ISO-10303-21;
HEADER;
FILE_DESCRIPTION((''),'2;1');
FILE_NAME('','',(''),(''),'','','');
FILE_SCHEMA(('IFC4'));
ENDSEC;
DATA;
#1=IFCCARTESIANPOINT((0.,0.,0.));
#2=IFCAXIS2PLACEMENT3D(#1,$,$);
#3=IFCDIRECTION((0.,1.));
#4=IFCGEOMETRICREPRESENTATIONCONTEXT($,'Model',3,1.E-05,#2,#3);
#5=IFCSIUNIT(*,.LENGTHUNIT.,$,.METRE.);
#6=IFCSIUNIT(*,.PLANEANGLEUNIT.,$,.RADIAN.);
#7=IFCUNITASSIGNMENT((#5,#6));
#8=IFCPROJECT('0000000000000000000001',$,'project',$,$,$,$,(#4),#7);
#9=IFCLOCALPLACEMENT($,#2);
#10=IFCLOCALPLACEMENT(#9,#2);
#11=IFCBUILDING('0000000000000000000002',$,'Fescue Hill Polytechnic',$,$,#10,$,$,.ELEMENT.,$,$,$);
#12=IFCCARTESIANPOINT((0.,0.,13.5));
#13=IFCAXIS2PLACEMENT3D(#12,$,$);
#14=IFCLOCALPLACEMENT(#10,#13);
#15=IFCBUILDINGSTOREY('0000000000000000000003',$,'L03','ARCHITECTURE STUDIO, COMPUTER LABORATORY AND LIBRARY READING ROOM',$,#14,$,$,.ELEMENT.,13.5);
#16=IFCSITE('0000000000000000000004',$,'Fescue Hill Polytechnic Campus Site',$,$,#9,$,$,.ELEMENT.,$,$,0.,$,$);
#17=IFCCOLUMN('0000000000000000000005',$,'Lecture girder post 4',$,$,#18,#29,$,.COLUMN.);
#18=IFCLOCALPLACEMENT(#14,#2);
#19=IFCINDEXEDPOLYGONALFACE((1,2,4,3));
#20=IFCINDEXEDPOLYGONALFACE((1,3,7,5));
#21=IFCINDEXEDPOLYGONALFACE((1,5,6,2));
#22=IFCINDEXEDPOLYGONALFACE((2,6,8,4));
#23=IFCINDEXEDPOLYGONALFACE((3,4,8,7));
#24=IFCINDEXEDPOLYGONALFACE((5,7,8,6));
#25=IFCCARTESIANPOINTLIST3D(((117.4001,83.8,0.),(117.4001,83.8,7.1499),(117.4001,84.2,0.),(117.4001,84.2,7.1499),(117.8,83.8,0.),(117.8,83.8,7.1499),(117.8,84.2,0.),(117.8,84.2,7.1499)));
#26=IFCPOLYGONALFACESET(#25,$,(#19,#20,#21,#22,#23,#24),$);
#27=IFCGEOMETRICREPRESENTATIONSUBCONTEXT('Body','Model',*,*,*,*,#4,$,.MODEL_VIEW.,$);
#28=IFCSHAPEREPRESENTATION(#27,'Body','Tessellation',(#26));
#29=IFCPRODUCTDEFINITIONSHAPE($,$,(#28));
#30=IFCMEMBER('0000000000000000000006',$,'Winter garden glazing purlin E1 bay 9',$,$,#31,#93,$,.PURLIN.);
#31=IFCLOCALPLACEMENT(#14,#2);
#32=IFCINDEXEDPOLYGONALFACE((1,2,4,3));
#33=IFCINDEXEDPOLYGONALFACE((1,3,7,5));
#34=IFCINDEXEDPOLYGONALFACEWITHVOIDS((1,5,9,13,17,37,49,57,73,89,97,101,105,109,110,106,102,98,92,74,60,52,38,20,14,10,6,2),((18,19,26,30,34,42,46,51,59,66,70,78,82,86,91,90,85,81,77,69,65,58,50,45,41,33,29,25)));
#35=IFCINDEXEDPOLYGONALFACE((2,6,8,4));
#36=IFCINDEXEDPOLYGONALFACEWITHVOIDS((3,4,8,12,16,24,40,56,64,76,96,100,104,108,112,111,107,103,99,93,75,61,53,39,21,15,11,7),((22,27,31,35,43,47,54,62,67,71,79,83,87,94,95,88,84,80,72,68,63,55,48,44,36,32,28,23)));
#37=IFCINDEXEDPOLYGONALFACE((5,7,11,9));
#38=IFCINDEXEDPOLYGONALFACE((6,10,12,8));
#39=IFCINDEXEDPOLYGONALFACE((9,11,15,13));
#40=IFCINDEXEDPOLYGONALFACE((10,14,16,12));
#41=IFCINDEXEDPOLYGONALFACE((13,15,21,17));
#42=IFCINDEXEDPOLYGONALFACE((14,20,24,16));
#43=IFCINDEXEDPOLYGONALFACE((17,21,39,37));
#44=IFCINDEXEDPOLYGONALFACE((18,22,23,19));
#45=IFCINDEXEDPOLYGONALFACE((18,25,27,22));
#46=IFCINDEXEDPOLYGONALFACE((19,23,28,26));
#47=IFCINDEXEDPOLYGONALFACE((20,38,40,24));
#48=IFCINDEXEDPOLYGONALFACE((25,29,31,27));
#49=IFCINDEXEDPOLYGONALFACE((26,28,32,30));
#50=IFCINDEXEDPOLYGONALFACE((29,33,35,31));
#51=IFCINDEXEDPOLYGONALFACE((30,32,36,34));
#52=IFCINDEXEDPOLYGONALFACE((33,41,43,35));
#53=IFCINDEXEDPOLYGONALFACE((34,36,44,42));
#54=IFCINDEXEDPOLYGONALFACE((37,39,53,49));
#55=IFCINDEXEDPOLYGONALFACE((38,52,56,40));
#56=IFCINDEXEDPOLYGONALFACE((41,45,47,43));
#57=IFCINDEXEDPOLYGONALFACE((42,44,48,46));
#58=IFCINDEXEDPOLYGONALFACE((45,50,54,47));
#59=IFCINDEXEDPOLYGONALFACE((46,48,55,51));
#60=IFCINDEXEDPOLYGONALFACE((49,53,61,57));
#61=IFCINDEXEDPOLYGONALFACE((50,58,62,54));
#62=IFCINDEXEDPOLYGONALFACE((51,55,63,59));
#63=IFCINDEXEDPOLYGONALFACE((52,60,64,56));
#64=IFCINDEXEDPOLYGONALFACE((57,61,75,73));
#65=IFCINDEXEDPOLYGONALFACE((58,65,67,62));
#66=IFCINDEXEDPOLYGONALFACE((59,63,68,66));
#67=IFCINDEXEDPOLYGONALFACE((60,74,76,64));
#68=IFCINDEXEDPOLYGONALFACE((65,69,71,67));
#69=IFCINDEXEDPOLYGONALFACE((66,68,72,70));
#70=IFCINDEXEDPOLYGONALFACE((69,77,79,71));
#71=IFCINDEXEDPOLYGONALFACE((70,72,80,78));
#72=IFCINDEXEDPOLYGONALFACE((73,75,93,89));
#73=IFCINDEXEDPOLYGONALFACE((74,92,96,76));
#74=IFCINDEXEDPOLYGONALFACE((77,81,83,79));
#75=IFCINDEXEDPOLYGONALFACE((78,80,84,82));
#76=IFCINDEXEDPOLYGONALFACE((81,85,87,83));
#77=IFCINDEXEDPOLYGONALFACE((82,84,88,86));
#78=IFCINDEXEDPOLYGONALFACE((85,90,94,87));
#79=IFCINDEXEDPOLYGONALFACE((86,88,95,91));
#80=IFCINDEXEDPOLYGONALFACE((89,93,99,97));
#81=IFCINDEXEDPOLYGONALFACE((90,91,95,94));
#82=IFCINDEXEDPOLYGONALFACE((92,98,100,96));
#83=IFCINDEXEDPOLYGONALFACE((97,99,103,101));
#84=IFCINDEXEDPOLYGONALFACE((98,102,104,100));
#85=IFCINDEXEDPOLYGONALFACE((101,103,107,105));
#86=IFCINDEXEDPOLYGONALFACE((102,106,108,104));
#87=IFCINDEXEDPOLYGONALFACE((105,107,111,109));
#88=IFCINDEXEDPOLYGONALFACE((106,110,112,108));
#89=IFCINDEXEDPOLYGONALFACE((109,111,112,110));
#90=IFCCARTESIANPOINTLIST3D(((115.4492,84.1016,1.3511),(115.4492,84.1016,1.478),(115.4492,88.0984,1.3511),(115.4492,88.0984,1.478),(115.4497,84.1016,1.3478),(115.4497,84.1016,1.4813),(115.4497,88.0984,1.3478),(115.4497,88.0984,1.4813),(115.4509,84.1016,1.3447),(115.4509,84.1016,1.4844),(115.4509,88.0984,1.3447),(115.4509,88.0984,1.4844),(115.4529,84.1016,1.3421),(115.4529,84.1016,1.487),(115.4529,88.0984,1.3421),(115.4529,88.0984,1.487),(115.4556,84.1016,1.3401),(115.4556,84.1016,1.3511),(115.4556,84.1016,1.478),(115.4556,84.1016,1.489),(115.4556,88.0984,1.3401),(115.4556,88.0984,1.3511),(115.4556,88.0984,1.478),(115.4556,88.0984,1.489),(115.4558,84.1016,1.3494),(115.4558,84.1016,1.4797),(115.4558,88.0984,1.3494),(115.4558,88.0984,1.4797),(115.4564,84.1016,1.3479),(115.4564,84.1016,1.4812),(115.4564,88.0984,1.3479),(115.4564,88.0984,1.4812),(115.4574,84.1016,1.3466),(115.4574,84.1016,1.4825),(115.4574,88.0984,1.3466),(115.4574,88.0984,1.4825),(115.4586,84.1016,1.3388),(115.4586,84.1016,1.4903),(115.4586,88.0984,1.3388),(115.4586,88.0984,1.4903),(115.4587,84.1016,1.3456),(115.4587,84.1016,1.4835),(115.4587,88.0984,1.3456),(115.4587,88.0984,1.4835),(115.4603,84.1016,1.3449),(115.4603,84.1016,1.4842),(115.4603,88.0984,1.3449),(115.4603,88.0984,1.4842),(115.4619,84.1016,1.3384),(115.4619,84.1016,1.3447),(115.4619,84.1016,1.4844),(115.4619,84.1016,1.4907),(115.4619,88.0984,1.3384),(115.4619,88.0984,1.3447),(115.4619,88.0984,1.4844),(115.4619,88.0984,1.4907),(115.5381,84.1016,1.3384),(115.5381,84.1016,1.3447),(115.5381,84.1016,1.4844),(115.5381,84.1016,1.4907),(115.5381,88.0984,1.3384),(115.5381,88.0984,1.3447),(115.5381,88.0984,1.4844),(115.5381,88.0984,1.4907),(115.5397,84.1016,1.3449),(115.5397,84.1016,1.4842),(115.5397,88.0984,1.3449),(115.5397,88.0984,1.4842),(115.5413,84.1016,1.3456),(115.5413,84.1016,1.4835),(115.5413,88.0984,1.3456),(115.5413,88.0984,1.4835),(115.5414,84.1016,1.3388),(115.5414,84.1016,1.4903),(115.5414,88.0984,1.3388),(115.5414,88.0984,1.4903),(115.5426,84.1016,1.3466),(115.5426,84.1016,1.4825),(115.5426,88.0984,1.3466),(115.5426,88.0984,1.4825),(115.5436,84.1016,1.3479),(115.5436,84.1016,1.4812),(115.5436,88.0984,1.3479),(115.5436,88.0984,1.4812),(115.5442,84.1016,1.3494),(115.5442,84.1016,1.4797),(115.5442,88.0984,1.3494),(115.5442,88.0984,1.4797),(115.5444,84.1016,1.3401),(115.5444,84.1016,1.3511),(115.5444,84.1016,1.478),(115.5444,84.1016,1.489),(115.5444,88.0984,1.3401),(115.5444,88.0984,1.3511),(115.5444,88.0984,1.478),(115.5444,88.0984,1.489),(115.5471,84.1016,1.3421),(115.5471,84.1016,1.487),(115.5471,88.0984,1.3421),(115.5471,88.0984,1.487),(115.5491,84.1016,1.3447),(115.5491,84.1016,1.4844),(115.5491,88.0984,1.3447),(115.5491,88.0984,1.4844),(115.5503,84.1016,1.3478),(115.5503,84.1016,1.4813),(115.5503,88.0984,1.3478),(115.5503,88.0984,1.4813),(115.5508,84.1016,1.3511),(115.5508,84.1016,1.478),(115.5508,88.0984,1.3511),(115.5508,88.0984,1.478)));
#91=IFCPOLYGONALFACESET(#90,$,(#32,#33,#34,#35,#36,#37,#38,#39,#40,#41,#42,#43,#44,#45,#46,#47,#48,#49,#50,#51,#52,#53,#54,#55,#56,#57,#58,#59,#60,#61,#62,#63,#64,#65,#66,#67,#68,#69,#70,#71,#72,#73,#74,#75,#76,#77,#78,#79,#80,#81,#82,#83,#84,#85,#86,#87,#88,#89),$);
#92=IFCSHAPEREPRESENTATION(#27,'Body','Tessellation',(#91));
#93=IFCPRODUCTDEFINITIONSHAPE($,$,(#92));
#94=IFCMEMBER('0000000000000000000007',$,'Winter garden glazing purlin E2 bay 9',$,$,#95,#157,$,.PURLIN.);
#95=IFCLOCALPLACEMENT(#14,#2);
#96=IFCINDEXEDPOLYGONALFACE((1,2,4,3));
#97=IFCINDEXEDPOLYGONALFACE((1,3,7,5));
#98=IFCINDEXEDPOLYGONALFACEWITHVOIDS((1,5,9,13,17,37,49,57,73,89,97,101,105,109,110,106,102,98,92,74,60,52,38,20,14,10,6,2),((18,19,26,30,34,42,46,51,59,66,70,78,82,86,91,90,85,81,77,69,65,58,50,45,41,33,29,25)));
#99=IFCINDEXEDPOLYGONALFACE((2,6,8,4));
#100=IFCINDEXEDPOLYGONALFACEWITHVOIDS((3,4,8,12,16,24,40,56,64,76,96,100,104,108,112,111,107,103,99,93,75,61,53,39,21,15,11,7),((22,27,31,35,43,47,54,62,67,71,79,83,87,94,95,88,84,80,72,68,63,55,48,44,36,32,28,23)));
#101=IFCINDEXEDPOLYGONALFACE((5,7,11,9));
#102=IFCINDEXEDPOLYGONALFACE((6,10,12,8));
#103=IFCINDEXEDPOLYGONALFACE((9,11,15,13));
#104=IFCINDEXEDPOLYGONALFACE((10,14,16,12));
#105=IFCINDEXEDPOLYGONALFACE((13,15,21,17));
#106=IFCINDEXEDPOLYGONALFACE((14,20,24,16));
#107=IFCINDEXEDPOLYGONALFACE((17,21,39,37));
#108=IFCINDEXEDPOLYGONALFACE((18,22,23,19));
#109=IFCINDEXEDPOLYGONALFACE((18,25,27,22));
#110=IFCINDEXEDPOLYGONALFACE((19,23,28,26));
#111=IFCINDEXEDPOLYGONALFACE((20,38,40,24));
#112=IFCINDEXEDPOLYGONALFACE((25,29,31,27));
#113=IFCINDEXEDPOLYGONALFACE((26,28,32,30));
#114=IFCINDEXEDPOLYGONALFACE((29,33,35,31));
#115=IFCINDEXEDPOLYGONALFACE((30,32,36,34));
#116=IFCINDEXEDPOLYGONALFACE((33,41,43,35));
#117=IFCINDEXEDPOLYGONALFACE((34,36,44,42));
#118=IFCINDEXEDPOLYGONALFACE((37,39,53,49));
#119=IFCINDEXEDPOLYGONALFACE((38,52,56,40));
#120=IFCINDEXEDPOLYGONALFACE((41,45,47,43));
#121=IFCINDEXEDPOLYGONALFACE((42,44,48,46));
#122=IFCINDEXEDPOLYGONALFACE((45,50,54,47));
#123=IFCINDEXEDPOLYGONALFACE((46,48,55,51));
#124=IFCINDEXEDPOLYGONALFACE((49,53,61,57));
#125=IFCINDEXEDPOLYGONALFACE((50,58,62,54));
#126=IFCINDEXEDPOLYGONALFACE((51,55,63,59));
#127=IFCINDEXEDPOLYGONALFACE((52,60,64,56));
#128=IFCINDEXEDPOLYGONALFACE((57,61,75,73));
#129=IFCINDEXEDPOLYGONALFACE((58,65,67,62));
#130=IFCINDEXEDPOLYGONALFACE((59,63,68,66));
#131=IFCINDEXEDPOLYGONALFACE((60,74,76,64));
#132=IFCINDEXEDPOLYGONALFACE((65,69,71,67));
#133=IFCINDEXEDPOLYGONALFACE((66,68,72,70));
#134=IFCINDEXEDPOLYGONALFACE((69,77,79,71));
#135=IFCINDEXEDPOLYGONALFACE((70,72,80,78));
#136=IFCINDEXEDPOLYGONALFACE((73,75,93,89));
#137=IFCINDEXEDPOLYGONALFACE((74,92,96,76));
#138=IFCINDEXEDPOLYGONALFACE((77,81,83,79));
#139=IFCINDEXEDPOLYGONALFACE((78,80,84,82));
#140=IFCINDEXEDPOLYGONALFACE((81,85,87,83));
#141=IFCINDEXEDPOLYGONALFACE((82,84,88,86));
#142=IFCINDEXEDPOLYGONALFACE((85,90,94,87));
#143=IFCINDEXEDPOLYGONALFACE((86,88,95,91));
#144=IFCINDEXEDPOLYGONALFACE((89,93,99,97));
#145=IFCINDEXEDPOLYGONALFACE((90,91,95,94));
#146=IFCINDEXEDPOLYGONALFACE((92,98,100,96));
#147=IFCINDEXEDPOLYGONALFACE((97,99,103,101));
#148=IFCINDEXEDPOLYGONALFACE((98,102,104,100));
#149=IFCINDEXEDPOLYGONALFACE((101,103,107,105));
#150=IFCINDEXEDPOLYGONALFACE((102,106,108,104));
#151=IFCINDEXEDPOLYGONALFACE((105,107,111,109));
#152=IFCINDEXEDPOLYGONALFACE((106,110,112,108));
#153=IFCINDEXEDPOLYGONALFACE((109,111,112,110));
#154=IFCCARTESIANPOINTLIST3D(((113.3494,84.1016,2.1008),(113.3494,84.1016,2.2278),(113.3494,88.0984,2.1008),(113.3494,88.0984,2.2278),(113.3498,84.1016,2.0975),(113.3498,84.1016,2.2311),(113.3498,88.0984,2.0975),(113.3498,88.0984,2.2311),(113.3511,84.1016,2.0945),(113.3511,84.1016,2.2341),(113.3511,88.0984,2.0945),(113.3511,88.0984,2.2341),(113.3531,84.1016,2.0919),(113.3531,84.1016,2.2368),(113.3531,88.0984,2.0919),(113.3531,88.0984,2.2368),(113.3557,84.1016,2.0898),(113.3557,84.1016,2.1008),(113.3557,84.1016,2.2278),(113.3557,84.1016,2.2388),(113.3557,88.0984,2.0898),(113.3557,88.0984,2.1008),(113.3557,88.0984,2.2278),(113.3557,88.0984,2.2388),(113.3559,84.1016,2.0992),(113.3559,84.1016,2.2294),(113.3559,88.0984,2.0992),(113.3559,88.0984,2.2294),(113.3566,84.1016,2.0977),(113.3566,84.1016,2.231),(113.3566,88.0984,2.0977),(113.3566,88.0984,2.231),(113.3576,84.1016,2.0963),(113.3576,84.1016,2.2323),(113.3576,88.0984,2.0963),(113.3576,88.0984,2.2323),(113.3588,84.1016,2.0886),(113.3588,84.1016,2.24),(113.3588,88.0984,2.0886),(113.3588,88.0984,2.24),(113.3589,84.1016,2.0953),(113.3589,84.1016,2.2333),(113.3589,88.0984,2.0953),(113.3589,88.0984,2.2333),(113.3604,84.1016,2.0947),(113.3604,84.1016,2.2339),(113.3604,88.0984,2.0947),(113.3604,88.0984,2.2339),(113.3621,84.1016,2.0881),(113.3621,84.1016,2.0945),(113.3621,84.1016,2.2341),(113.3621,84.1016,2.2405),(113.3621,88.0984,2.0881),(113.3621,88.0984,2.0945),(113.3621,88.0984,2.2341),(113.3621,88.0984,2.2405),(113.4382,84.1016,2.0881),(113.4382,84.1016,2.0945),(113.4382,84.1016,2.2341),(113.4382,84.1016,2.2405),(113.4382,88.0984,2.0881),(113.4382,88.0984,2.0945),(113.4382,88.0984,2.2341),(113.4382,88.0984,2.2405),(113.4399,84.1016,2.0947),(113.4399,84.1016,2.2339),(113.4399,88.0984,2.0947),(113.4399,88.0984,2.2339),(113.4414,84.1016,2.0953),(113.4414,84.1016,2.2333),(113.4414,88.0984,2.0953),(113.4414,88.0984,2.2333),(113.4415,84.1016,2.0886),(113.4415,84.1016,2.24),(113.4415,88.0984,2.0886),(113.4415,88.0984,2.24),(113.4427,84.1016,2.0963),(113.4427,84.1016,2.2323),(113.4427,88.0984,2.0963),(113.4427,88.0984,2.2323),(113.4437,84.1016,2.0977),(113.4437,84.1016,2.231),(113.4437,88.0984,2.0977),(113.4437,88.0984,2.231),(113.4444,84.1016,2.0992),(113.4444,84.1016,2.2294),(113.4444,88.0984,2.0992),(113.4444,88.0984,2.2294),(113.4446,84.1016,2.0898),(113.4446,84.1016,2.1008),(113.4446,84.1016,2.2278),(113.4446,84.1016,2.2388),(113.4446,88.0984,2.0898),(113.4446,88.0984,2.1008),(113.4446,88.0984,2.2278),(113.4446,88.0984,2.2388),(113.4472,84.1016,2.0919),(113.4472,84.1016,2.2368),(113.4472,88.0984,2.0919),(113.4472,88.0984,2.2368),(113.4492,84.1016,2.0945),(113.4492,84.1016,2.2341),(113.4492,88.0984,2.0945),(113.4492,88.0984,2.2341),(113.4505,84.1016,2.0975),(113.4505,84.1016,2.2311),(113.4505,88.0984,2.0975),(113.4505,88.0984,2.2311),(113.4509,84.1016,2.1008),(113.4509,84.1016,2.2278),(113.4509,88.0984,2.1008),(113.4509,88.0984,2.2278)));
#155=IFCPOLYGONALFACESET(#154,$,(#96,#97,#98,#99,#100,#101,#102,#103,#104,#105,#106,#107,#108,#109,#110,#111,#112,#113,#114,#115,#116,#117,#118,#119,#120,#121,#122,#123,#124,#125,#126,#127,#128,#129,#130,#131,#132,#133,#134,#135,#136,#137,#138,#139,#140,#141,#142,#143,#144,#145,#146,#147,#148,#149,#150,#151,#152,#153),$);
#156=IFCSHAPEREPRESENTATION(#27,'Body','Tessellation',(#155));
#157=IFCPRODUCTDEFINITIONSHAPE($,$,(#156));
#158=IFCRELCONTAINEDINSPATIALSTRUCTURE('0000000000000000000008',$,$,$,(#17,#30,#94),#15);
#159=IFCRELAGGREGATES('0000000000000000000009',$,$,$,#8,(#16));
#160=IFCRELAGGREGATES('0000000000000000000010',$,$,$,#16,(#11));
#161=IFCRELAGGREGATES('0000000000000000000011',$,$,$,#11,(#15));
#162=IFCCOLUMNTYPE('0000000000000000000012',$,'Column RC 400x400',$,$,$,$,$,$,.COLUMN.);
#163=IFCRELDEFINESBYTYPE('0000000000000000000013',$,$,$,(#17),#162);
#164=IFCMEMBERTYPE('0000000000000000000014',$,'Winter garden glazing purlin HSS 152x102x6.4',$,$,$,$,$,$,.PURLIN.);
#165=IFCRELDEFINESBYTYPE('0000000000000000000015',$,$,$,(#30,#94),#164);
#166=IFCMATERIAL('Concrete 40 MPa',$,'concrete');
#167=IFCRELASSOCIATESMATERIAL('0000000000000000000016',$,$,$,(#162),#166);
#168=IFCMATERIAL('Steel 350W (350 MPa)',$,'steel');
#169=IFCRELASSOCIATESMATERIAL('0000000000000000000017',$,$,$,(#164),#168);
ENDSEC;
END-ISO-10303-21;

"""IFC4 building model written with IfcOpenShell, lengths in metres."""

from ifc_helpers import new_model, si_unit, direction, frame, origin, origin_2d, place, context, subcontext, project, spatial, rectangle, hollow_rectangle, extrude, material, material_profile, profile_set, type_object, element, save


model = new_model("IFC4")

# Units and contexts
model_context = context("Model", 3, precision=1e-05, world=origin(), true_north=direction((0.0, 1.0)))
body_context = subcontext(model_context, "Body", "Model", "MODEL_VIEW")
ifc_project = project(units=[si_unit("LENGTHUNIT", "METRE"), si_unit("PLANEANGLEUNIT", "RADIAN")], contexts=[model_context])

# Site, building, storey
site_placement = place(None, origin())
site = spatial("IfcSite", under=ifc_project, at=site_placement, Name="Fescue Hill Polytechnic Campus Site", CompositionType="ELEMENT", RefElevation=0.0)
building_placement = place(site_placement, origin())
building = spatial("IfcBuilding", under=site, at=building_placement, Name="Fescue Hill Polytechnic", CompositionType="ELEMENT")
storey_placement = place(building_placement, frame((0.0, 0.0, 13.5)))
storey = spatial("IfcBuildingStorey", under=building, at=storey_placement, Name="L03", Description="ARCHITECTURE STUDIO, COMPUTER LABORATORY AND LIBRARY READING ROOM", CompositionType="ELEMENT", Elevation=13.5)

# Column
ifc_material_1 = material(Name="Concrete 40 MPa", Category="concrete")
ifc_material_profile_1 = material_profile(ifc_material_1, rectangle(XDim=0.3999, YDim=0.3999, at=origin_2d()), Name="RC 400x400")
ifc_profile_set_1 = profile_set([ifc_material_profile_1], Name="Concrete 40 MPa")
column_type = type_object("IfcColumnType", Name="Column RC 400x400", PredefinedType="COLUMN", material=ifc_profile_set_1)
column_placement = place(storey_placement, frame((117.6001, 84.0, 0.0), z_axis=(0.0, 0.0, 1.0), x_axis=(1.0, 0.0, 0.0)))
element("IfcColumn", 1, at=column_placement, inside=storey, type_object=column_type, Name="Lecture girder post 4", PredefinedType="COLUMN", context=body_context, shape_type="SweptSolid", body=[
    extrude(rectangle(XDim=0.3999, YDim=0.3999, at=origin_2d()), origin(), (0.0, 0.0, 1.0), 7.1499),
])

# Members
ifc_material_2 = material(Name="Steel 350W (350 MPa)", Category="steel")
ifc_material_profile_2 = material_profile(ifc_material_2, hollow_rectangle(XDim=0.1016, YDim=0.1523, WallThickness=0.0063, InnerFilletRadius=0.0063, OuterFilletRadius=0.0127, at=origin_2d()), Name="Winter garden glazing purlin HSS 152x102x6.4")
ifc_profile_set_2 = profile_set([ifc_material_profile_2], Name="Steel 350W (350 MPa)")
member_type_1 = type_object("IfcMemberType", Name="Winter garden glazing purlin HSS 152x102x6.4", PredefinedType="PURLIN", material=ifc_profile_set_2)
for number, where, z_axis, x_axis, name in (
    (2, (115.5, 84.1016, 1.4146), (0.0, 1.0, 0.0), (-1.0, 0.0, 0.0), "Winter garden glazing purlin E1 bay 9"),
    (3, (113.4001, 84.1016, 2.1643), (0.0, 1.0, 0.0), (-1.0, 0.0, 0.0), "Winter garden glazing purlin E2 bay 9"),
):
    element("IfcMember", number, at=place(storey_placement, frame(where, z_axis=z_axis, x_axis=x_axis)), inside=storey, type_object=member_type_1, Name=name, PredefinedType="PURLIN", context=body_context, shape_type="SweptSolid", body=[
        extrude(hollow_rectangle(XDim=0.1016, YDim=0.1523, WallThickness=0.0063, InnerFilletRadius=0.0063, OuterFilletRadius=0.0127, at=origin_2d()), origin(), (0.0, 0.0, 1.0), 3.9968),
    ])

save(model, "model.ifc")
